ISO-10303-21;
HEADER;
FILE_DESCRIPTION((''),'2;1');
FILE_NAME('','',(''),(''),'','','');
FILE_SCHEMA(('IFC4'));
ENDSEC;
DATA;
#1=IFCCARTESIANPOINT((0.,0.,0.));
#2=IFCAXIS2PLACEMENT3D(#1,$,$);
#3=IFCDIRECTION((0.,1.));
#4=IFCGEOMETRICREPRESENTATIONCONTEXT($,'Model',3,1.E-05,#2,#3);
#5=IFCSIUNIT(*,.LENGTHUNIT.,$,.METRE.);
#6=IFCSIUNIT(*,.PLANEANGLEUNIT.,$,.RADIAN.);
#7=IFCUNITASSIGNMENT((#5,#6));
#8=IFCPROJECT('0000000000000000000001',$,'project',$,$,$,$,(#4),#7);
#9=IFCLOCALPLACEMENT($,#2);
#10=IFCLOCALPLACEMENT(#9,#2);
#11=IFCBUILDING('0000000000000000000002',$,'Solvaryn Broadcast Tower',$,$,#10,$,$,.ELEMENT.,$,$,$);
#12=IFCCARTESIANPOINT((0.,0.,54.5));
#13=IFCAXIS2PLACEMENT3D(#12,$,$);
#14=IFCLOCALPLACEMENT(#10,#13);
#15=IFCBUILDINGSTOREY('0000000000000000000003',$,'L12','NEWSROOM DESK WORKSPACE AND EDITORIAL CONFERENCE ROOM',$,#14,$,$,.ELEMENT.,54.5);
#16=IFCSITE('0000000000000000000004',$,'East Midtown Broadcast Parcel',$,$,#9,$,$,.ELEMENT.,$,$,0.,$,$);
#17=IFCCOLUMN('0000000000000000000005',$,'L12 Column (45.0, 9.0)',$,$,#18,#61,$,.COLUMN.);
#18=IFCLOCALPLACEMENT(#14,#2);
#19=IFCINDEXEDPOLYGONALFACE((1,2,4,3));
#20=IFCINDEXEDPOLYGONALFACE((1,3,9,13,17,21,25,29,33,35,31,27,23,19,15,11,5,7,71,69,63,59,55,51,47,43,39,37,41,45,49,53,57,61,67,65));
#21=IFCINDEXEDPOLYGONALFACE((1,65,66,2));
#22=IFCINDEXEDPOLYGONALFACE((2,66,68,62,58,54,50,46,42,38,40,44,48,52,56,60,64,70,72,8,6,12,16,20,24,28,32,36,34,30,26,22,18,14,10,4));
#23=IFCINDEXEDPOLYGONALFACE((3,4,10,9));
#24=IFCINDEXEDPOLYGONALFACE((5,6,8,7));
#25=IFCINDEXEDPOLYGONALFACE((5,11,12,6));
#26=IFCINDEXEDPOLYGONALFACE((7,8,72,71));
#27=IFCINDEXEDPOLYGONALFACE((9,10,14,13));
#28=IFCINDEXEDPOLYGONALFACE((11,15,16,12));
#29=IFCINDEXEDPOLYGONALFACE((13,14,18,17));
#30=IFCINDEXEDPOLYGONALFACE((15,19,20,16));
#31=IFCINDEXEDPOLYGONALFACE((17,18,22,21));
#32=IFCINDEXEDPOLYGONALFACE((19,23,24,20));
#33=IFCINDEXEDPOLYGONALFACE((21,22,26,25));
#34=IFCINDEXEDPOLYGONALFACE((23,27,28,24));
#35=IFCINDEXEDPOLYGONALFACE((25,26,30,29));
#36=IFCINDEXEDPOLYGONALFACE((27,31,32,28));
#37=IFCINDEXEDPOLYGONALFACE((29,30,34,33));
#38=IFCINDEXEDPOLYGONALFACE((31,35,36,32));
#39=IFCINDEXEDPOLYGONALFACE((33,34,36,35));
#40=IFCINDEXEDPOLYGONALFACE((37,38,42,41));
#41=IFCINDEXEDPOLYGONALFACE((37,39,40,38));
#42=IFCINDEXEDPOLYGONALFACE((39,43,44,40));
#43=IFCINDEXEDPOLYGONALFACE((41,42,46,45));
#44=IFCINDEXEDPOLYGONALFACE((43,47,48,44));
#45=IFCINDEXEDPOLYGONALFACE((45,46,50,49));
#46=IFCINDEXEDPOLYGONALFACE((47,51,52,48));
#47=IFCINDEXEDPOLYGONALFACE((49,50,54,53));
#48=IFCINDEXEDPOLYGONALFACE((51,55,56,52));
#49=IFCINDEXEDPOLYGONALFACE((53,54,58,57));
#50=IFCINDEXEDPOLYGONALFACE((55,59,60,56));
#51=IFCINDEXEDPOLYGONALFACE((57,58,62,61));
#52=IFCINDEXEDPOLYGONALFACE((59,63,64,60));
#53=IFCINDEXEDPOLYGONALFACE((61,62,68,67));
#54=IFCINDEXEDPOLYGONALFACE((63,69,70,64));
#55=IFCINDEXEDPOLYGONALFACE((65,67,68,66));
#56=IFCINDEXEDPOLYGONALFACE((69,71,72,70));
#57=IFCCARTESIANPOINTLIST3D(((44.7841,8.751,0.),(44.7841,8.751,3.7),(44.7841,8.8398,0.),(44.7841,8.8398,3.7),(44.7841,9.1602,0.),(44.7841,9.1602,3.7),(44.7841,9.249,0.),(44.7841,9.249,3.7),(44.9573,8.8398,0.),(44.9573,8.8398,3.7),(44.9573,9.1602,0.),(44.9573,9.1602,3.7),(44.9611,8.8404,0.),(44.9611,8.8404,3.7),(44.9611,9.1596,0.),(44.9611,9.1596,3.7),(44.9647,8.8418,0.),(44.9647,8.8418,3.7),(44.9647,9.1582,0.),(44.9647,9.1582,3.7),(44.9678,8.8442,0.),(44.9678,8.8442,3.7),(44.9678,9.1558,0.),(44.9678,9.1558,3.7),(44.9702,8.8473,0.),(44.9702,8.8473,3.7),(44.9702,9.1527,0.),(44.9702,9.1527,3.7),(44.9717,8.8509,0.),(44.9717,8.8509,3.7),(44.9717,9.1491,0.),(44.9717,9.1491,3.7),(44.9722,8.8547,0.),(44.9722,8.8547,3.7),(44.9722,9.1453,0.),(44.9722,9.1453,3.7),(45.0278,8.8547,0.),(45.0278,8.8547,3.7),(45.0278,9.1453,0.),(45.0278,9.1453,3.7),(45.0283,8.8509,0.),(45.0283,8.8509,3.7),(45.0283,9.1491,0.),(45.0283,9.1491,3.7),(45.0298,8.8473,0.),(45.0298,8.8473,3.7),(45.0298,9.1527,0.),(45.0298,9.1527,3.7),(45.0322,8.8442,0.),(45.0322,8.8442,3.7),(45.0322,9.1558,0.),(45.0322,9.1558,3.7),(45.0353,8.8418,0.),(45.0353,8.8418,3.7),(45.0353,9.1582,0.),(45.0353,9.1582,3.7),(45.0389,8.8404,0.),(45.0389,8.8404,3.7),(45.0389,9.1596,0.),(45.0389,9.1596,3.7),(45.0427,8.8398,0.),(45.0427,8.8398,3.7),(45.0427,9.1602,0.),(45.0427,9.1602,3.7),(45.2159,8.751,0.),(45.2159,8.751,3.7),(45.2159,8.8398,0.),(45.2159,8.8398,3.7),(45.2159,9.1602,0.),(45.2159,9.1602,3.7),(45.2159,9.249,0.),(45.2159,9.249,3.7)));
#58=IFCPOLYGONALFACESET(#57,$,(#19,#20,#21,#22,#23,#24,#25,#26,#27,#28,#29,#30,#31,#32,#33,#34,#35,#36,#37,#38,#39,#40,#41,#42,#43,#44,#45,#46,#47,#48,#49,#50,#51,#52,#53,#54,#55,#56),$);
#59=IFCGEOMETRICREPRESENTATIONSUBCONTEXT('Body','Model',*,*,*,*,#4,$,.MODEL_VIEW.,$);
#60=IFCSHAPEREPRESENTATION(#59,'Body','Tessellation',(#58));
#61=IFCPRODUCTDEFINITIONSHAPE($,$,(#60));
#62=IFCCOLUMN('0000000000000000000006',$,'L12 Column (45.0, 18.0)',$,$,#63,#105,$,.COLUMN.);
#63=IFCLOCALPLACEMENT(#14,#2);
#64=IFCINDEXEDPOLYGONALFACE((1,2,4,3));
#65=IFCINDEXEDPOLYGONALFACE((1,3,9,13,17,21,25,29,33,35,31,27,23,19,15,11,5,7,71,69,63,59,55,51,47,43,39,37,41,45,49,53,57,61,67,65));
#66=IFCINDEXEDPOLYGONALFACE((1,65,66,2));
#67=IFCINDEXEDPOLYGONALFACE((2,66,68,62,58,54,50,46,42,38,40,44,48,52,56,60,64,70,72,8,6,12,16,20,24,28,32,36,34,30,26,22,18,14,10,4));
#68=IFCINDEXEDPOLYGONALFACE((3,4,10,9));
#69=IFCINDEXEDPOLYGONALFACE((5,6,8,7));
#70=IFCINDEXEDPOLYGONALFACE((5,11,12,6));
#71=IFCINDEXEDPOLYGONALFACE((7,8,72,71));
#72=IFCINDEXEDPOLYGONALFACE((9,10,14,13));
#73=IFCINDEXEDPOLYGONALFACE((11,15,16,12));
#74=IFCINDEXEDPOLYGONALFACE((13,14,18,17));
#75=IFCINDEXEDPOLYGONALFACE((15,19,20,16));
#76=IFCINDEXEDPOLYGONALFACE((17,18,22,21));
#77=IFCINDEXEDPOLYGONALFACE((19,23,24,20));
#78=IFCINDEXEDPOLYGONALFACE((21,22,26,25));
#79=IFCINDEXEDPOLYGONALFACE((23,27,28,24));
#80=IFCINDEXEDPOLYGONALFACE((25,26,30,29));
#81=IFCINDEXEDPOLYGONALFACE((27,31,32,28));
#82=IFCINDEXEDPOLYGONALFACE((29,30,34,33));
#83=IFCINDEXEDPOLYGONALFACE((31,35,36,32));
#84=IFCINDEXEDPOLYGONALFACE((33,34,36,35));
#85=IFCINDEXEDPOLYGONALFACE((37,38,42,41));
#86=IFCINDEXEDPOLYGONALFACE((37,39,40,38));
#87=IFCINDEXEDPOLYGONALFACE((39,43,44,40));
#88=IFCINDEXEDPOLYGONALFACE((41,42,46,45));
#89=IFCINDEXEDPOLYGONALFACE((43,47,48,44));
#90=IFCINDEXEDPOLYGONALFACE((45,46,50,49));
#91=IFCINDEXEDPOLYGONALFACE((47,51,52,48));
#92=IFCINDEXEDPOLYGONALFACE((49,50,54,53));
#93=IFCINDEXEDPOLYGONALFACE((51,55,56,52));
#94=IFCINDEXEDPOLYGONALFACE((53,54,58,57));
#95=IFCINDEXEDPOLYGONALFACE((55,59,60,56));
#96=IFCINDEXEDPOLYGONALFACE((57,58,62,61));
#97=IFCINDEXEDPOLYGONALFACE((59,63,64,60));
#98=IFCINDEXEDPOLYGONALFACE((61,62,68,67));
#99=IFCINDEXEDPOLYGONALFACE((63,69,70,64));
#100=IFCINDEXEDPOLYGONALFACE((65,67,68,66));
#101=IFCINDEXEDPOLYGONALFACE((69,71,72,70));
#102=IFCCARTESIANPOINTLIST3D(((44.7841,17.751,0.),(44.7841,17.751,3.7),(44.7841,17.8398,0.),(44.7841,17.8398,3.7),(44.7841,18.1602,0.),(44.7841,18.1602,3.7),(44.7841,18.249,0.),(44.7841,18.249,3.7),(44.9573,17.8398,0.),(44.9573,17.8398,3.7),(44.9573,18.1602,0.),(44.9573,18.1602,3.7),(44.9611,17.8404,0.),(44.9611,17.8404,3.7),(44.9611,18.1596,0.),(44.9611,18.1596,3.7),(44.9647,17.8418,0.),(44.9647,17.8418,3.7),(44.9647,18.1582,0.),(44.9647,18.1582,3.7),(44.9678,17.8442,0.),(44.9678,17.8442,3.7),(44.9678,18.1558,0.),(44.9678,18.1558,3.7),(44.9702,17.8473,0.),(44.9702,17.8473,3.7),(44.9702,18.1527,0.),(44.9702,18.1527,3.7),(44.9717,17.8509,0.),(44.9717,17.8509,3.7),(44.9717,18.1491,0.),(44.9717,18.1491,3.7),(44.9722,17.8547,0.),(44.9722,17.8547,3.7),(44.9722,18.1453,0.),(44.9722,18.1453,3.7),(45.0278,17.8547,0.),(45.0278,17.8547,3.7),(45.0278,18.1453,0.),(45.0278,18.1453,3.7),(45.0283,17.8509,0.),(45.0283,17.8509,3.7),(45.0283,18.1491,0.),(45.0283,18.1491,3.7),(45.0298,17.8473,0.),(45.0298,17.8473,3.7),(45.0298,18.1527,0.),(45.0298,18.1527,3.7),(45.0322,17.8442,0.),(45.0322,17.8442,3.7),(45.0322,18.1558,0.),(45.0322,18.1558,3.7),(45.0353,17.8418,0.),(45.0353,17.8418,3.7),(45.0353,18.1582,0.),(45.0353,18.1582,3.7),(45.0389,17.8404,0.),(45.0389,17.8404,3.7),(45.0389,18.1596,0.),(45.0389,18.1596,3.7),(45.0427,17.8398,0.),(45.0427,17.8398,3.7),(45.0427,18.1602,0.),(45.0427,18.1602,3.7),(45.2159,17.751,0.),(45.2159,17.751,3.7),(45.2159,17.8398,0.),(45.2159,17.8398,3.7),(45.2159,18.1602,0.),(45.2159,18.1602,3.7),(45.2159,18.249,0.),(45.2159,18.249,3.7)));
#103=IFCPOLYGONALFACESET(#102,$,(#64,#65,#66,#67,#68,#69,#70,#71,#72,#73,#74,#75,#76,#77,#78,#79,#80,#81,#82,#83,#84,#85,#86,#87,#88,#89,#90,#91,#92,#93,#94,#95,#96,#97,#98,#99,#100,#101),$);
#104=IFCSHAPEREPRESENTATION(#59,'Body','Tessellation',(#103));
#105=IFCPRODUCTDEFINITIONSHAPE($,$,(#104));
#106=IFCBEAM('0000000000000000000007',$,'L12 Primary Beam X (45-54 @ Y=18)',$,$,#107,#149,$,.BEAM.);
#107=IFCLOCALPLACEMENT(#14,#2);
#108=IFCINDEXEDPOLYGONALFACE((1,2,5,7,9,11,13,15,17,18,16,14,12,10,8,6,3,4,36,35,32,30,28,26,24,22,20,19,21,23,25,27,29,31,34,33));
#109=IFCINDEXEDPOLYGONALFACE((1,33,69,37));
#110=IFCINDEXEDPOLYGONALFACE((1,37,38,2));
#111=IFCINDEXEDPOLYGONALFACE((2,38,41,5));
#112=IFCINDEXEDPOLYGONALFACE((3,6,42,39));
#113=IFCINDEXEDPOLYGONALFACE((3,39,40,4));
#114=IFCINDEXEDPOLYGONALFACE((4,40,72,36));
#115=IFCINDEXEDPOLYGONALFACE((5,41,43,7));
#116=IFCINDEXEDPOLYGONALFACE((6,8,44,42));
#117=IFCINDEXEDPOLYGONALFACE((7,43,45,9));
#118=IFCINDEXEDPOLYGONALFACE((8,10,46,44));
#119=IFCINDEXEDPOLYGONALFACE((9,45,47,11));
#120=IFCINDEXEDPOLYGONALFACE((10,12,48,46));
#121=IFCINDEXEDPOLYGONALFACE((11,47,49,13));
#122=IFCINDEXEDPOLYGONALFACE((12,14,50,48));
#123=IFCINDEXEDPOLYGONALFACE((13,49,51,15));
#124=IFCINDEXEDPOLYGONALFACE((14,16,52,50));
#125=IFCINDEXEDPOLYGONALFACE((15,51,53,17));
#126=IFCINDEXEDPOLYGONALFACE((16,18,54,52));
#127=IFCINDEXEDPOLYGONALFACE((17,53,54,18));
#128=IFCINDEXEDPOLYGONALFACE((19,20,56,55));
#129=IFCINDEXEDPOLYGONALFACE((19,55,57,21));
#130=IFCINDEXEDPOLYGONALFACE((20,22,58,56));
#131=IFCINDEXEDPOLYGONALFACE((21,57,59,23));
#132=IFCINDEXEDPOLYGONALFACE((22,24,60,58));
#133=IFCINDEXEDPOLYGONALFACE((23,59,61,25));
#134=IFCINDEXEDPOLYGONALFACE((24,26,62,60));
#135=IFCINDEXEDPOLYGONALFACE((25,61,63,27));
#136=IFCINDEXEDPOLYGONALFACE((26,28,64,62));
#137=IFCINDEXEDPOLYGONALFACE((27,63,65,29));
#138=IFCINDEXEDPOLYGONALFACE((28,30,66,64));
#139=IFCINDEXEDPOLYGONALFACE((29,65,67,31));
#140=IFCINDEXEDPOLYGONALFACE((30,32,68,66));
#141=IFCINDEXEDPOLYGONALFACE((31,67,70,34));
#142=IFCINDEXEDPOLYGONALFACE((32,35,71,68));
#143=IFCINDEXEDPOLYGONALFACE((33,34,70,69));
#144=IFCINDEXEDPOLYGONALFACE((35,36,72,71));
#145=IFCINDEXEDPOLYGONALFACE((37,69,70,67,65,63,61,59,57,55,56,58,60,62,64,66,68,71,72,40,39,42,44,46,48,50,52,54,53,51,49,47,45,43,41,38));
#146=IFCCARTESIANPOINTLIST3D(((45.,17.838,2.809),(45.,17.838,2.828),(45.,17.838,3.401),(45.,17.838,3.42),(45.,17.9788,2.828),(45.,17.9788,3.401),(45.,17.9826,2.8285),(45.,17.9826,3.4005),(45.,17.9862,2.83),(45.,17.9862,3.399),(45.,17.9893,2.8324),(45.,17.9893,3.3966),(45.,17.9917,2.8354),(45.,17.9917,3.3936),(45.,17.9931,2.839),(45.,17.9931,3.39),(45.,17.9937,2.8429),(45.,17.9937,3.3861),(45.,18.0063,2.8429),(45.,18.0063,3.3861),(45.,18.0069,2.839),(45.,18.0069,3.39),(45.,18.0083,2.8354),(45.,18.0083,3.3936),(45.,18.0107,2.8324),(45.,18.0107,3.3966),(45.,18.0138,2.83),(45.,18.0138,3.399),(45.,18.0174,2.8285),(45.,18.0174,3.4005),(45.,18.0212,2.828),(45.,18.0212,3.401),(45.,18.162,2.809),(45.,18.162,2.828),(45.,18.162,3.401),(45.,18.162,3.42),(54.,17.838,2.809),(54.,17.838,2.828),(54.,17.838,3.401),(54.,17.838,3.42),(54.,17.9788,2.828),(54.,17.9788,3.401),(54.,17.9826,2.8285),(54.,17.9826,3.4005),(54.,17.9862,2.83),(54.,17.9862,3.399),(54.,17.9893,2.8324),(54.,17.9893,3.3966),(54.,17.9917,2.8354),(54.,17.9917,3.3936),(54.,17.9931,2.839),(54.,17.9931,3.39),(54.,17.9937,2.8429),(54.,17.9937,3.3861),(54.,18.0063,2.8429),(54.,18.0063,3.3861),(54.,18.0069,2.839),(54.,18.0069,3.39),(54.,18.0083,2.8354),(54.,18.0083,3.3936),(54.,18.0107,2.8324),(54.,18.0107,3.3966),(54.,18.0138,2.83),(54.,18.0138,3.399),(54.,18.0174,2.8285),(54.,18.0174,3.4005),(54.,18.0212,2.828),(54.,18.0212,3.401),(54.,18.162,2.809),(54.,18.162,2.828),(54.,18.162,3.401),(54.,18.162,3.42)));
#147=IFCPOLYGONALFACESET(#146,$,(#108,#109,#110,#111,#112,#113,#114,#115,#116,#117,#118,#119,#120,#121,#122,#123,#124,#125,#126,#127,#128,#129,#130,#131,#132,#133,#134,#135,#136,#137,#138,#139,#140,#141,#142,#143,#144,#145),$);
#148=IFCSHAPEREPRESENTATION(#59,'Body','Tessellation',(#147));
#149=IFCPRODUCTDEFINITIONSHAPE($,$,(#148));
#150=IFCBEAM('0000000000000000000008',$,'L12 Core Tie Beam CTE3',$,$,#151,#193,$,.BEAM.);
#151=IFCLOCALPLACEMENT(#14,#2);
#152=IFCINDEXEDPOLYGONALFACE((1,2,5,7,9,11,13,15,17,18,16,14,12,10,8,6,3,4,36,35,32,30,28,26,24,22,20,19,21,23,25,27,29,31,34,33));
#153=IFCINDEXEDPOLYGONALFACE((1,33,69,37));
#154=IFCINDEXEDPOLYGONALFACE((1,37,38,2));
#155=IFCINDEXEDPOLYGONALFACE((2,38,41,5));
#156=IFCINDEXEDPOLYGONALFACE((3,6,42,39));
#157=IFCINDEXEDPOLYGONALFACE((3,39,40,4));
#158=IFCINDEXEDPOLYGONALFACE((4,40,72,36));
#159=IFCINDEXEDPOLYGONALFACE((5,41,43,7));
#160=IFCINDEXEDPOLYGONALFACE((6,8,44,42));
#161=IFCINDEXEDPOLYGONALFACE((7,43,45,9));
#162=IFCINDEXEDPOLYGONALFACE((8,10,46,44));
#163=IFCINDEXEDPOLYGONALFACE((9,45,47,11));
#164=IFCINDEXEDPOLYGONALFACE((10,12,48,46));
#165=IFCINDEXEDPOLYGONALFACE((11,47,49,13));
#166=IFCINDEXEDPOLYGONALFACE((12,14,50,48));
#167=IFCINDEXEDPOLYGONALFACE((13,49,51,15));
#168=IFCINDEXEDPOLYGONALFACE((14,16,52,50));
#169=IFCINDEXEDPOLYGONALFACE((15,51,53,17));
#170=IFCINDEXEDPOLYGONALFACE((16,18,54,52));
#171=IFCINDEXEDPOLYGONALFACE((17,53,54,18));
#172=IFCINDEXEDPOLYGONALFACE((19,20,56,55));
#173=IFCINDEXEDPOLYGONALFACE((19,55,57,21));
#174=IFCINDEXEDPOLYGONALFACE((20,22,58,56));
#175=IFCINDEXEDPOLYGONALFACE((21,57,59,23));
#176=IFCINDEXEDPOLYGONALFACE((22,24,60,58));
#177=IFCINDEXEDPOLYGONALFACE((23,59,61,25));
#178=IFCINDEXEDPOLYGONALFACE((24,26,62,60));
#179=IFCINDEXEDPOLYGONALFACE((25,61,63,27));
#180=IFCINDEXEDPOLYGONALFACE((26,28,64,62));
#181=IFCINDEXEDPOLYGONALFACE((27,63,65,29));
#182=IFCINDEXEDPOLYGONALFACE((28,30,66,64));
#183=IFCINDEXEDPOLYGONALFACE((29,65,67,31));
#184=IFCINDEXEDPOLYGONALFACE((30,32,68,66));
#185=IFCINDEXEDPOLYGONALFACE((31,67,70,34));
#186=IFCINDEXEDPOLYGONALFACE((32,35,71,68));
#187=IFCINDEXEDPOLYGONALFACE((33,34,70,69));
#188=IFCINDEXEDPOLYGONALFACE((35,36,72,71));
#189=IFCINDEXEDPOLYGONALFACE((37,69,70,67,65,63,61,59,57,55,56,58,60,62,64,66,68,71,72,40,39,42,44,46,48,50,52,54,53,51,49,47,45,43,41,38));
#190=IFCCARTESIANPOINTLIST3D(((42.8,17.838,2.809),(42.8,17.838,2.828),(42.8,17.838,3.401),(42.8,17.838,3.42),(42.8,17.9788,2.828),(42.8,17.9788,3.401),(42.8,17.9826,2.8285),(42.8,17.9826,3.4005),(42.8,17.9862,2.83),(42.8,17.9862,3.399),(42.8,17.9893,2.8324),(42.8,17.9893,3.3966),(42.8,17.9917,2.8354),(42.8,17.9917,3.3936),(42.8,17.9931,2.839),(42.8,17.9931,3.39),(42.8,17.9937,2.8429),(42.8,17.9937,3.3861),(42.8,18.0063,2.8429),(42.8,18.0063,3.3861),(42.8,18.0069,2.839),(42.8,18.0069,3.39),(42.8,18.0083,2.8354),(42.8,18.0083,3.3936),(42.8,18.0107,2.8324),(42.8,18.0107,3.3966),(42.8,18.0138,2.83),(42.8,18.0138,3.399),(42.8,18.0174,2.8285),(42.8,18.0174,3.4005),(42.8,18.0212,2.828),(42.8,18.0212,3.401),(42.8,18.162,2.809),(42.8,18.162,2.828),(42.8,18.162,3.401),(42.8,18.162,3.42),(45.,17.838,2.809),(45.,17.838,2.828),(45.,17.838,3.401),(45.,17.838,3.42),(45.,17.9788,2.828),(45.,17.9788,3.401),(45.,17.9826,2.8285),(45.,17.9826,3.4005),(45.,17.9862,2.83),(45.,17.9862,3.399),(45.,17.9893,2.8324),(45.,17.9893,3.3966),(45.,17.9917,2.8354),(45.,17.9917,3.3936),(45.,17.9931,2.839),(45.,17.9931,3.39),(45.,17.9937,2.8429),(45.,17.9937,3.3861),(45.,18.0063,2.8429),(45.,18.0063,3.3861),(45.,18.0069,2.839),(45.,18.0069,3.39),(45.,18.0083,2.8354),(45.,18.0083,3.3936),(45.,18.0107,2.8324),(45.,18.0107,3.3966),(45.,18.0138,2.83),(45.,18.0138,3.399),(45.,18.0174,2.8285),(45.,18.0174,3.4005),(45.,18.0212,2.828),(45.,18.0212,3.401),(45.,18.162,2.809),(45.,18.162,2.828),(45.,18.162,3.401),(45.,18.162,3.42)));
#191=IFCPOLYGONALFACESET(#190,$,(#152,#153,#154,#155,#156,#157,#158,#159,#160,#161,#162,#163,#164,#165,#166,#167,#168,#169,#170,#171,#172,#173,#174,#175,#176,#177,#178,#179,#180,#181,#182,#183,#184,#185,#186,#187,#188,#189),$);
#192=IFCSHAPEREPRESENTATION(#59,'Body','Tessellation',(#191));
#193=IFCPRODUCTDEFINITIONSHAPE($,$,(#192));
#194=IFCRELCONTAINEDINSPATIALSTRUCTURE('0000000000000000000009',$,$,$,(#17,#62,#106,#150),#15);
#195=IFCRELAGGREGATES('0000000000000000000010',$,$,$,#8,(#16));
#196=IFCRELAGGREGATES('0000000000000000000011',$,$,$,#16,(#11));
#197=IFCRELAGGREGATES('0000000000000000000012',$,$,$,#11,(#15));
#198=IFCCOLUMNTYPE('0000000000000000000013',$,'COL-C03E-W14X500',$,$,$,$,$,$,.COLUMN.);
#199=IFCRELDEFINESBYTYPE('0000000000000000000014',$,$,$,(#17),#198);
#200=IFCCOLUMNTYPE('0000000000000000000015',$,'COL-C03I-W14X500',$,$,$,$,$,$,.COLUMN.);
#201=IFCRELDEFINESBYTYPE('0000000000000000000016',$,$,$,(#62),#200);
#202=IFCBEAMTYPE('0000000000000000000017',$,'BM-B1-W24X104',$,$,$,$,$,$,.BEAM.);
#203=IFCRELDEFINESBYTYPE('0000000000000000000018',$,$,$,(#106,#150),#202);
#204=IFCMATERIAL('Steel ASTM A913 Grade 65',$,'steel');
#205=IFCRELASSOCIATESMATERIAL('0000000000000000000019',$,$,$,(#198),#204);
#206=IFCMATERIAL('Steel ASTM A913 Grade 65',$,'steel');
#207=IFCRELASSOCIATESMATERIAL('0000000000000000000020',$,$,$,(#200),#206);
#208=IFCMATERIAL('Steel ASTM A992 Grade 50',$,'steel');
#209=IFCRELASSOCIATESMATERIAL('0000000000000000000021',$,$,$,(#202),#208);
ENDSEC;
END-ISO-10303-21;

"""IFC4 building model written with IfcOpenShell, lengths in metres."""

from ifc_helpers import new_model, si_unit, direction, frame, origin, origin_2d, place, context, subcontext, project, spatial, i_section, extrude, material, material_profile, profile_set, type_object, element, save


model = new_model("IFC4")

# Units and contexts
model_context = context("Model", 3, precision=1e-05, world=origin(), true_north=direction((0.0, 1.0)))
body_context = subcontext(model_context, "Body", "Model", "MODEL_VIEW")
ifc_project = project(units=[si_unit("LENGTHUNIT", "METRE"), si_unit("PLANEANGLEUNIT", "RADIAN")], contexts=[model_context])

# Site, building, storey
site_placement = place(None, origin())
site = spatial("IfcSite", under=ifc_project, at=site_placement, Name="East Midtown Broadcast Parcel", CompositionType="ELEMENT", RefElevation=0.0)
building_placement = place(site_placement, origin())
building = spatial("IfcBuilding", under=site, at=building_placement, Name="Solvaryn Broadcast Tower", CompositionType="ELEMENT")
storey_placement = place(building_placement, frame((0.0, 0.0, 54.5)))
storey = spatial("IfcBuildingStorey", under=building, at=storey_placement, Name="L12", Description="NEWSROOM DESK WORKSPACE AND EDITORIAL CONFERENCE ROOM", CompositionType="ELEMENT", Elevation=54.5)

# Columns
ifc_material_1 = material(Name="Steel ASTM A913 Grade 65", Category="steel")
ifc_material_profile_1 = material_profile(ifc_material_1, i_section(OverallWidth=0.4319, OverallDepth=0.498, WebThickness=0.0557, FlangeThickness=0.0889, FilletRadius=0.0149, at=origin_2d()))
ifc_profile_set_1 = profile_set([ifc_material_profile_1], Name="Steel ASTM A913 Grade 65")
column_type_1 = type_object("IfcColumnType", Name="COL-C03E-W14X500", PredefinedType="COLUMN", material=ifc_profile_set_1)
column_1_placement = place(storey_placement, frame((45.0, 9.0, 0.0), z_axis=(0.0, 0.0, 1.0), x_axis=(1.0, 0.0, 0.0)))
element("IfcColumn", 1, at=column_1_placement, inside=storey, type_object=column_type_1, Name="L12 Column (45.0, 9.0)", PredefinedType="COLUMN", context=body_context, shape_type="SweptSolid", body=[
    extrude(i_section(OverallWidth=0.4319, OverallDepth=0.498, WebThickness=0.0557, FlangeThickness=0.0889, FilletRadius=0.0149, at=origin_2d()), origin(), (0.0, 0.0, 1.0), 3.7),
])
ifc_material_2 = material(Name="Steel ASTM A913 Grade 65", Category="steel")
ifc_material_profile_2 = material_profile(ifc_material_2, i_section(OverallWidth=0.4319, OverallDepth=0.498, WebThickness=0.0557, FlangeThickness=0.0889, FilletRadius=0.0149, at=origin_2d()))
ifc_profile_set_2 = profile_set([ifc_material_profile_2], Name="Steel ASTM A913 Grade 65")
column_type_2 = type_object("IfcColumnType", Name="COL-C03I-W14X500", PredefinedType="COLUMN", material=ifc_profile_set_2)
column_2_placement = place(storey_placement, frame((45.0, 18.0, 0.0), z_axis=(0.0, 0.0, 1.0), x_axis=(1.0, 0.0, 0.0)))
element("IfcColumn", 2, at=column_2_placement, inside=storey, type_object=column_type_2, Name="L12 Column (45.0, 18.0)", PredefinedType="COLUMN", context=body_context, shape_type="SweptSolid", body=[
    extrude(i_section(OverallWidth=0.4319, OverallDepth=0.498, WebThickness=0.0557, FlangeThickness=0.0889, FilletRadius=0.0149, at=origin_2d()), origin(), (0.0, 0.0, 1.0), 3.7),
])

# Beams
ifc_material_3 = material(Name="Steel ASTM A992 Grade 50", Category="steel")
ifc_material_profile_3 = material_profile(ifc_material_3, i_section(OverallWidth=0.324, OverallDepth=0.6111, WebThickness=0.0127, FlangeThickness=0.019, FilletRadius=0.0149, at=origin_2d()))
ifc_profile_set_3 = profile_set([ifc_material_profile_3], Name="Steel ASTM A992 Grade 50")
beam_type_1 = type_object("IfcBeamType", Name="BM-B1-W24X104", PredefinedType="BEAM", material=ifc_profile_set_3)
beam_1_placement = place(storey_placement, frame((45.0, 18.0, 3.1145), z_axis=(1.0, 0.0, 0.0), x_axis=(0.0, 1.0, 0.0)))
element("IfcBeam", 3, at=beam_1_placement, inside=storey, type_object=beam_type_1, Name="L12 Primary Beam X (45-54 @ Y=18)", PredefinedType="BEAM", context=body_context, shape_type="SweptSolid", body=[
    extrude(i_section(OverallWidth=0.324, OverallDepth=0.6111, WebThickness=0.0127, FlangeThickness=0.019, FilletRadius=0.0149, at=origin_2d()), origin(), (0.0, 0.0, 1.0), 9.0),
])
beam_2_placement = place(storey_placement, frame((42.8, 18.0, 3.1145), z_axis=(1.0, 0.0, 0.0), x_axis=(0.0, 1.0, 0.0)))
element("IfcBeam", 4, at=beam_2_placement, inside=storey, type_object=beam_type_1, Name="L12 Core Tie Beam CTE3", PredefinedType="BEAM", context=body_context, shape_type="SweptSolid", body=[
    extrude(i_section(OverallWidth=0.324, OverallDepth=0.6111, WebThickness=0.0127, FlangeThickness=0.019, FilletRadius=0.0149, at=origin_2d()), origin(), (0.0, 0.0, 1.0), 2.2),
])

save(model, "model.ifc")
